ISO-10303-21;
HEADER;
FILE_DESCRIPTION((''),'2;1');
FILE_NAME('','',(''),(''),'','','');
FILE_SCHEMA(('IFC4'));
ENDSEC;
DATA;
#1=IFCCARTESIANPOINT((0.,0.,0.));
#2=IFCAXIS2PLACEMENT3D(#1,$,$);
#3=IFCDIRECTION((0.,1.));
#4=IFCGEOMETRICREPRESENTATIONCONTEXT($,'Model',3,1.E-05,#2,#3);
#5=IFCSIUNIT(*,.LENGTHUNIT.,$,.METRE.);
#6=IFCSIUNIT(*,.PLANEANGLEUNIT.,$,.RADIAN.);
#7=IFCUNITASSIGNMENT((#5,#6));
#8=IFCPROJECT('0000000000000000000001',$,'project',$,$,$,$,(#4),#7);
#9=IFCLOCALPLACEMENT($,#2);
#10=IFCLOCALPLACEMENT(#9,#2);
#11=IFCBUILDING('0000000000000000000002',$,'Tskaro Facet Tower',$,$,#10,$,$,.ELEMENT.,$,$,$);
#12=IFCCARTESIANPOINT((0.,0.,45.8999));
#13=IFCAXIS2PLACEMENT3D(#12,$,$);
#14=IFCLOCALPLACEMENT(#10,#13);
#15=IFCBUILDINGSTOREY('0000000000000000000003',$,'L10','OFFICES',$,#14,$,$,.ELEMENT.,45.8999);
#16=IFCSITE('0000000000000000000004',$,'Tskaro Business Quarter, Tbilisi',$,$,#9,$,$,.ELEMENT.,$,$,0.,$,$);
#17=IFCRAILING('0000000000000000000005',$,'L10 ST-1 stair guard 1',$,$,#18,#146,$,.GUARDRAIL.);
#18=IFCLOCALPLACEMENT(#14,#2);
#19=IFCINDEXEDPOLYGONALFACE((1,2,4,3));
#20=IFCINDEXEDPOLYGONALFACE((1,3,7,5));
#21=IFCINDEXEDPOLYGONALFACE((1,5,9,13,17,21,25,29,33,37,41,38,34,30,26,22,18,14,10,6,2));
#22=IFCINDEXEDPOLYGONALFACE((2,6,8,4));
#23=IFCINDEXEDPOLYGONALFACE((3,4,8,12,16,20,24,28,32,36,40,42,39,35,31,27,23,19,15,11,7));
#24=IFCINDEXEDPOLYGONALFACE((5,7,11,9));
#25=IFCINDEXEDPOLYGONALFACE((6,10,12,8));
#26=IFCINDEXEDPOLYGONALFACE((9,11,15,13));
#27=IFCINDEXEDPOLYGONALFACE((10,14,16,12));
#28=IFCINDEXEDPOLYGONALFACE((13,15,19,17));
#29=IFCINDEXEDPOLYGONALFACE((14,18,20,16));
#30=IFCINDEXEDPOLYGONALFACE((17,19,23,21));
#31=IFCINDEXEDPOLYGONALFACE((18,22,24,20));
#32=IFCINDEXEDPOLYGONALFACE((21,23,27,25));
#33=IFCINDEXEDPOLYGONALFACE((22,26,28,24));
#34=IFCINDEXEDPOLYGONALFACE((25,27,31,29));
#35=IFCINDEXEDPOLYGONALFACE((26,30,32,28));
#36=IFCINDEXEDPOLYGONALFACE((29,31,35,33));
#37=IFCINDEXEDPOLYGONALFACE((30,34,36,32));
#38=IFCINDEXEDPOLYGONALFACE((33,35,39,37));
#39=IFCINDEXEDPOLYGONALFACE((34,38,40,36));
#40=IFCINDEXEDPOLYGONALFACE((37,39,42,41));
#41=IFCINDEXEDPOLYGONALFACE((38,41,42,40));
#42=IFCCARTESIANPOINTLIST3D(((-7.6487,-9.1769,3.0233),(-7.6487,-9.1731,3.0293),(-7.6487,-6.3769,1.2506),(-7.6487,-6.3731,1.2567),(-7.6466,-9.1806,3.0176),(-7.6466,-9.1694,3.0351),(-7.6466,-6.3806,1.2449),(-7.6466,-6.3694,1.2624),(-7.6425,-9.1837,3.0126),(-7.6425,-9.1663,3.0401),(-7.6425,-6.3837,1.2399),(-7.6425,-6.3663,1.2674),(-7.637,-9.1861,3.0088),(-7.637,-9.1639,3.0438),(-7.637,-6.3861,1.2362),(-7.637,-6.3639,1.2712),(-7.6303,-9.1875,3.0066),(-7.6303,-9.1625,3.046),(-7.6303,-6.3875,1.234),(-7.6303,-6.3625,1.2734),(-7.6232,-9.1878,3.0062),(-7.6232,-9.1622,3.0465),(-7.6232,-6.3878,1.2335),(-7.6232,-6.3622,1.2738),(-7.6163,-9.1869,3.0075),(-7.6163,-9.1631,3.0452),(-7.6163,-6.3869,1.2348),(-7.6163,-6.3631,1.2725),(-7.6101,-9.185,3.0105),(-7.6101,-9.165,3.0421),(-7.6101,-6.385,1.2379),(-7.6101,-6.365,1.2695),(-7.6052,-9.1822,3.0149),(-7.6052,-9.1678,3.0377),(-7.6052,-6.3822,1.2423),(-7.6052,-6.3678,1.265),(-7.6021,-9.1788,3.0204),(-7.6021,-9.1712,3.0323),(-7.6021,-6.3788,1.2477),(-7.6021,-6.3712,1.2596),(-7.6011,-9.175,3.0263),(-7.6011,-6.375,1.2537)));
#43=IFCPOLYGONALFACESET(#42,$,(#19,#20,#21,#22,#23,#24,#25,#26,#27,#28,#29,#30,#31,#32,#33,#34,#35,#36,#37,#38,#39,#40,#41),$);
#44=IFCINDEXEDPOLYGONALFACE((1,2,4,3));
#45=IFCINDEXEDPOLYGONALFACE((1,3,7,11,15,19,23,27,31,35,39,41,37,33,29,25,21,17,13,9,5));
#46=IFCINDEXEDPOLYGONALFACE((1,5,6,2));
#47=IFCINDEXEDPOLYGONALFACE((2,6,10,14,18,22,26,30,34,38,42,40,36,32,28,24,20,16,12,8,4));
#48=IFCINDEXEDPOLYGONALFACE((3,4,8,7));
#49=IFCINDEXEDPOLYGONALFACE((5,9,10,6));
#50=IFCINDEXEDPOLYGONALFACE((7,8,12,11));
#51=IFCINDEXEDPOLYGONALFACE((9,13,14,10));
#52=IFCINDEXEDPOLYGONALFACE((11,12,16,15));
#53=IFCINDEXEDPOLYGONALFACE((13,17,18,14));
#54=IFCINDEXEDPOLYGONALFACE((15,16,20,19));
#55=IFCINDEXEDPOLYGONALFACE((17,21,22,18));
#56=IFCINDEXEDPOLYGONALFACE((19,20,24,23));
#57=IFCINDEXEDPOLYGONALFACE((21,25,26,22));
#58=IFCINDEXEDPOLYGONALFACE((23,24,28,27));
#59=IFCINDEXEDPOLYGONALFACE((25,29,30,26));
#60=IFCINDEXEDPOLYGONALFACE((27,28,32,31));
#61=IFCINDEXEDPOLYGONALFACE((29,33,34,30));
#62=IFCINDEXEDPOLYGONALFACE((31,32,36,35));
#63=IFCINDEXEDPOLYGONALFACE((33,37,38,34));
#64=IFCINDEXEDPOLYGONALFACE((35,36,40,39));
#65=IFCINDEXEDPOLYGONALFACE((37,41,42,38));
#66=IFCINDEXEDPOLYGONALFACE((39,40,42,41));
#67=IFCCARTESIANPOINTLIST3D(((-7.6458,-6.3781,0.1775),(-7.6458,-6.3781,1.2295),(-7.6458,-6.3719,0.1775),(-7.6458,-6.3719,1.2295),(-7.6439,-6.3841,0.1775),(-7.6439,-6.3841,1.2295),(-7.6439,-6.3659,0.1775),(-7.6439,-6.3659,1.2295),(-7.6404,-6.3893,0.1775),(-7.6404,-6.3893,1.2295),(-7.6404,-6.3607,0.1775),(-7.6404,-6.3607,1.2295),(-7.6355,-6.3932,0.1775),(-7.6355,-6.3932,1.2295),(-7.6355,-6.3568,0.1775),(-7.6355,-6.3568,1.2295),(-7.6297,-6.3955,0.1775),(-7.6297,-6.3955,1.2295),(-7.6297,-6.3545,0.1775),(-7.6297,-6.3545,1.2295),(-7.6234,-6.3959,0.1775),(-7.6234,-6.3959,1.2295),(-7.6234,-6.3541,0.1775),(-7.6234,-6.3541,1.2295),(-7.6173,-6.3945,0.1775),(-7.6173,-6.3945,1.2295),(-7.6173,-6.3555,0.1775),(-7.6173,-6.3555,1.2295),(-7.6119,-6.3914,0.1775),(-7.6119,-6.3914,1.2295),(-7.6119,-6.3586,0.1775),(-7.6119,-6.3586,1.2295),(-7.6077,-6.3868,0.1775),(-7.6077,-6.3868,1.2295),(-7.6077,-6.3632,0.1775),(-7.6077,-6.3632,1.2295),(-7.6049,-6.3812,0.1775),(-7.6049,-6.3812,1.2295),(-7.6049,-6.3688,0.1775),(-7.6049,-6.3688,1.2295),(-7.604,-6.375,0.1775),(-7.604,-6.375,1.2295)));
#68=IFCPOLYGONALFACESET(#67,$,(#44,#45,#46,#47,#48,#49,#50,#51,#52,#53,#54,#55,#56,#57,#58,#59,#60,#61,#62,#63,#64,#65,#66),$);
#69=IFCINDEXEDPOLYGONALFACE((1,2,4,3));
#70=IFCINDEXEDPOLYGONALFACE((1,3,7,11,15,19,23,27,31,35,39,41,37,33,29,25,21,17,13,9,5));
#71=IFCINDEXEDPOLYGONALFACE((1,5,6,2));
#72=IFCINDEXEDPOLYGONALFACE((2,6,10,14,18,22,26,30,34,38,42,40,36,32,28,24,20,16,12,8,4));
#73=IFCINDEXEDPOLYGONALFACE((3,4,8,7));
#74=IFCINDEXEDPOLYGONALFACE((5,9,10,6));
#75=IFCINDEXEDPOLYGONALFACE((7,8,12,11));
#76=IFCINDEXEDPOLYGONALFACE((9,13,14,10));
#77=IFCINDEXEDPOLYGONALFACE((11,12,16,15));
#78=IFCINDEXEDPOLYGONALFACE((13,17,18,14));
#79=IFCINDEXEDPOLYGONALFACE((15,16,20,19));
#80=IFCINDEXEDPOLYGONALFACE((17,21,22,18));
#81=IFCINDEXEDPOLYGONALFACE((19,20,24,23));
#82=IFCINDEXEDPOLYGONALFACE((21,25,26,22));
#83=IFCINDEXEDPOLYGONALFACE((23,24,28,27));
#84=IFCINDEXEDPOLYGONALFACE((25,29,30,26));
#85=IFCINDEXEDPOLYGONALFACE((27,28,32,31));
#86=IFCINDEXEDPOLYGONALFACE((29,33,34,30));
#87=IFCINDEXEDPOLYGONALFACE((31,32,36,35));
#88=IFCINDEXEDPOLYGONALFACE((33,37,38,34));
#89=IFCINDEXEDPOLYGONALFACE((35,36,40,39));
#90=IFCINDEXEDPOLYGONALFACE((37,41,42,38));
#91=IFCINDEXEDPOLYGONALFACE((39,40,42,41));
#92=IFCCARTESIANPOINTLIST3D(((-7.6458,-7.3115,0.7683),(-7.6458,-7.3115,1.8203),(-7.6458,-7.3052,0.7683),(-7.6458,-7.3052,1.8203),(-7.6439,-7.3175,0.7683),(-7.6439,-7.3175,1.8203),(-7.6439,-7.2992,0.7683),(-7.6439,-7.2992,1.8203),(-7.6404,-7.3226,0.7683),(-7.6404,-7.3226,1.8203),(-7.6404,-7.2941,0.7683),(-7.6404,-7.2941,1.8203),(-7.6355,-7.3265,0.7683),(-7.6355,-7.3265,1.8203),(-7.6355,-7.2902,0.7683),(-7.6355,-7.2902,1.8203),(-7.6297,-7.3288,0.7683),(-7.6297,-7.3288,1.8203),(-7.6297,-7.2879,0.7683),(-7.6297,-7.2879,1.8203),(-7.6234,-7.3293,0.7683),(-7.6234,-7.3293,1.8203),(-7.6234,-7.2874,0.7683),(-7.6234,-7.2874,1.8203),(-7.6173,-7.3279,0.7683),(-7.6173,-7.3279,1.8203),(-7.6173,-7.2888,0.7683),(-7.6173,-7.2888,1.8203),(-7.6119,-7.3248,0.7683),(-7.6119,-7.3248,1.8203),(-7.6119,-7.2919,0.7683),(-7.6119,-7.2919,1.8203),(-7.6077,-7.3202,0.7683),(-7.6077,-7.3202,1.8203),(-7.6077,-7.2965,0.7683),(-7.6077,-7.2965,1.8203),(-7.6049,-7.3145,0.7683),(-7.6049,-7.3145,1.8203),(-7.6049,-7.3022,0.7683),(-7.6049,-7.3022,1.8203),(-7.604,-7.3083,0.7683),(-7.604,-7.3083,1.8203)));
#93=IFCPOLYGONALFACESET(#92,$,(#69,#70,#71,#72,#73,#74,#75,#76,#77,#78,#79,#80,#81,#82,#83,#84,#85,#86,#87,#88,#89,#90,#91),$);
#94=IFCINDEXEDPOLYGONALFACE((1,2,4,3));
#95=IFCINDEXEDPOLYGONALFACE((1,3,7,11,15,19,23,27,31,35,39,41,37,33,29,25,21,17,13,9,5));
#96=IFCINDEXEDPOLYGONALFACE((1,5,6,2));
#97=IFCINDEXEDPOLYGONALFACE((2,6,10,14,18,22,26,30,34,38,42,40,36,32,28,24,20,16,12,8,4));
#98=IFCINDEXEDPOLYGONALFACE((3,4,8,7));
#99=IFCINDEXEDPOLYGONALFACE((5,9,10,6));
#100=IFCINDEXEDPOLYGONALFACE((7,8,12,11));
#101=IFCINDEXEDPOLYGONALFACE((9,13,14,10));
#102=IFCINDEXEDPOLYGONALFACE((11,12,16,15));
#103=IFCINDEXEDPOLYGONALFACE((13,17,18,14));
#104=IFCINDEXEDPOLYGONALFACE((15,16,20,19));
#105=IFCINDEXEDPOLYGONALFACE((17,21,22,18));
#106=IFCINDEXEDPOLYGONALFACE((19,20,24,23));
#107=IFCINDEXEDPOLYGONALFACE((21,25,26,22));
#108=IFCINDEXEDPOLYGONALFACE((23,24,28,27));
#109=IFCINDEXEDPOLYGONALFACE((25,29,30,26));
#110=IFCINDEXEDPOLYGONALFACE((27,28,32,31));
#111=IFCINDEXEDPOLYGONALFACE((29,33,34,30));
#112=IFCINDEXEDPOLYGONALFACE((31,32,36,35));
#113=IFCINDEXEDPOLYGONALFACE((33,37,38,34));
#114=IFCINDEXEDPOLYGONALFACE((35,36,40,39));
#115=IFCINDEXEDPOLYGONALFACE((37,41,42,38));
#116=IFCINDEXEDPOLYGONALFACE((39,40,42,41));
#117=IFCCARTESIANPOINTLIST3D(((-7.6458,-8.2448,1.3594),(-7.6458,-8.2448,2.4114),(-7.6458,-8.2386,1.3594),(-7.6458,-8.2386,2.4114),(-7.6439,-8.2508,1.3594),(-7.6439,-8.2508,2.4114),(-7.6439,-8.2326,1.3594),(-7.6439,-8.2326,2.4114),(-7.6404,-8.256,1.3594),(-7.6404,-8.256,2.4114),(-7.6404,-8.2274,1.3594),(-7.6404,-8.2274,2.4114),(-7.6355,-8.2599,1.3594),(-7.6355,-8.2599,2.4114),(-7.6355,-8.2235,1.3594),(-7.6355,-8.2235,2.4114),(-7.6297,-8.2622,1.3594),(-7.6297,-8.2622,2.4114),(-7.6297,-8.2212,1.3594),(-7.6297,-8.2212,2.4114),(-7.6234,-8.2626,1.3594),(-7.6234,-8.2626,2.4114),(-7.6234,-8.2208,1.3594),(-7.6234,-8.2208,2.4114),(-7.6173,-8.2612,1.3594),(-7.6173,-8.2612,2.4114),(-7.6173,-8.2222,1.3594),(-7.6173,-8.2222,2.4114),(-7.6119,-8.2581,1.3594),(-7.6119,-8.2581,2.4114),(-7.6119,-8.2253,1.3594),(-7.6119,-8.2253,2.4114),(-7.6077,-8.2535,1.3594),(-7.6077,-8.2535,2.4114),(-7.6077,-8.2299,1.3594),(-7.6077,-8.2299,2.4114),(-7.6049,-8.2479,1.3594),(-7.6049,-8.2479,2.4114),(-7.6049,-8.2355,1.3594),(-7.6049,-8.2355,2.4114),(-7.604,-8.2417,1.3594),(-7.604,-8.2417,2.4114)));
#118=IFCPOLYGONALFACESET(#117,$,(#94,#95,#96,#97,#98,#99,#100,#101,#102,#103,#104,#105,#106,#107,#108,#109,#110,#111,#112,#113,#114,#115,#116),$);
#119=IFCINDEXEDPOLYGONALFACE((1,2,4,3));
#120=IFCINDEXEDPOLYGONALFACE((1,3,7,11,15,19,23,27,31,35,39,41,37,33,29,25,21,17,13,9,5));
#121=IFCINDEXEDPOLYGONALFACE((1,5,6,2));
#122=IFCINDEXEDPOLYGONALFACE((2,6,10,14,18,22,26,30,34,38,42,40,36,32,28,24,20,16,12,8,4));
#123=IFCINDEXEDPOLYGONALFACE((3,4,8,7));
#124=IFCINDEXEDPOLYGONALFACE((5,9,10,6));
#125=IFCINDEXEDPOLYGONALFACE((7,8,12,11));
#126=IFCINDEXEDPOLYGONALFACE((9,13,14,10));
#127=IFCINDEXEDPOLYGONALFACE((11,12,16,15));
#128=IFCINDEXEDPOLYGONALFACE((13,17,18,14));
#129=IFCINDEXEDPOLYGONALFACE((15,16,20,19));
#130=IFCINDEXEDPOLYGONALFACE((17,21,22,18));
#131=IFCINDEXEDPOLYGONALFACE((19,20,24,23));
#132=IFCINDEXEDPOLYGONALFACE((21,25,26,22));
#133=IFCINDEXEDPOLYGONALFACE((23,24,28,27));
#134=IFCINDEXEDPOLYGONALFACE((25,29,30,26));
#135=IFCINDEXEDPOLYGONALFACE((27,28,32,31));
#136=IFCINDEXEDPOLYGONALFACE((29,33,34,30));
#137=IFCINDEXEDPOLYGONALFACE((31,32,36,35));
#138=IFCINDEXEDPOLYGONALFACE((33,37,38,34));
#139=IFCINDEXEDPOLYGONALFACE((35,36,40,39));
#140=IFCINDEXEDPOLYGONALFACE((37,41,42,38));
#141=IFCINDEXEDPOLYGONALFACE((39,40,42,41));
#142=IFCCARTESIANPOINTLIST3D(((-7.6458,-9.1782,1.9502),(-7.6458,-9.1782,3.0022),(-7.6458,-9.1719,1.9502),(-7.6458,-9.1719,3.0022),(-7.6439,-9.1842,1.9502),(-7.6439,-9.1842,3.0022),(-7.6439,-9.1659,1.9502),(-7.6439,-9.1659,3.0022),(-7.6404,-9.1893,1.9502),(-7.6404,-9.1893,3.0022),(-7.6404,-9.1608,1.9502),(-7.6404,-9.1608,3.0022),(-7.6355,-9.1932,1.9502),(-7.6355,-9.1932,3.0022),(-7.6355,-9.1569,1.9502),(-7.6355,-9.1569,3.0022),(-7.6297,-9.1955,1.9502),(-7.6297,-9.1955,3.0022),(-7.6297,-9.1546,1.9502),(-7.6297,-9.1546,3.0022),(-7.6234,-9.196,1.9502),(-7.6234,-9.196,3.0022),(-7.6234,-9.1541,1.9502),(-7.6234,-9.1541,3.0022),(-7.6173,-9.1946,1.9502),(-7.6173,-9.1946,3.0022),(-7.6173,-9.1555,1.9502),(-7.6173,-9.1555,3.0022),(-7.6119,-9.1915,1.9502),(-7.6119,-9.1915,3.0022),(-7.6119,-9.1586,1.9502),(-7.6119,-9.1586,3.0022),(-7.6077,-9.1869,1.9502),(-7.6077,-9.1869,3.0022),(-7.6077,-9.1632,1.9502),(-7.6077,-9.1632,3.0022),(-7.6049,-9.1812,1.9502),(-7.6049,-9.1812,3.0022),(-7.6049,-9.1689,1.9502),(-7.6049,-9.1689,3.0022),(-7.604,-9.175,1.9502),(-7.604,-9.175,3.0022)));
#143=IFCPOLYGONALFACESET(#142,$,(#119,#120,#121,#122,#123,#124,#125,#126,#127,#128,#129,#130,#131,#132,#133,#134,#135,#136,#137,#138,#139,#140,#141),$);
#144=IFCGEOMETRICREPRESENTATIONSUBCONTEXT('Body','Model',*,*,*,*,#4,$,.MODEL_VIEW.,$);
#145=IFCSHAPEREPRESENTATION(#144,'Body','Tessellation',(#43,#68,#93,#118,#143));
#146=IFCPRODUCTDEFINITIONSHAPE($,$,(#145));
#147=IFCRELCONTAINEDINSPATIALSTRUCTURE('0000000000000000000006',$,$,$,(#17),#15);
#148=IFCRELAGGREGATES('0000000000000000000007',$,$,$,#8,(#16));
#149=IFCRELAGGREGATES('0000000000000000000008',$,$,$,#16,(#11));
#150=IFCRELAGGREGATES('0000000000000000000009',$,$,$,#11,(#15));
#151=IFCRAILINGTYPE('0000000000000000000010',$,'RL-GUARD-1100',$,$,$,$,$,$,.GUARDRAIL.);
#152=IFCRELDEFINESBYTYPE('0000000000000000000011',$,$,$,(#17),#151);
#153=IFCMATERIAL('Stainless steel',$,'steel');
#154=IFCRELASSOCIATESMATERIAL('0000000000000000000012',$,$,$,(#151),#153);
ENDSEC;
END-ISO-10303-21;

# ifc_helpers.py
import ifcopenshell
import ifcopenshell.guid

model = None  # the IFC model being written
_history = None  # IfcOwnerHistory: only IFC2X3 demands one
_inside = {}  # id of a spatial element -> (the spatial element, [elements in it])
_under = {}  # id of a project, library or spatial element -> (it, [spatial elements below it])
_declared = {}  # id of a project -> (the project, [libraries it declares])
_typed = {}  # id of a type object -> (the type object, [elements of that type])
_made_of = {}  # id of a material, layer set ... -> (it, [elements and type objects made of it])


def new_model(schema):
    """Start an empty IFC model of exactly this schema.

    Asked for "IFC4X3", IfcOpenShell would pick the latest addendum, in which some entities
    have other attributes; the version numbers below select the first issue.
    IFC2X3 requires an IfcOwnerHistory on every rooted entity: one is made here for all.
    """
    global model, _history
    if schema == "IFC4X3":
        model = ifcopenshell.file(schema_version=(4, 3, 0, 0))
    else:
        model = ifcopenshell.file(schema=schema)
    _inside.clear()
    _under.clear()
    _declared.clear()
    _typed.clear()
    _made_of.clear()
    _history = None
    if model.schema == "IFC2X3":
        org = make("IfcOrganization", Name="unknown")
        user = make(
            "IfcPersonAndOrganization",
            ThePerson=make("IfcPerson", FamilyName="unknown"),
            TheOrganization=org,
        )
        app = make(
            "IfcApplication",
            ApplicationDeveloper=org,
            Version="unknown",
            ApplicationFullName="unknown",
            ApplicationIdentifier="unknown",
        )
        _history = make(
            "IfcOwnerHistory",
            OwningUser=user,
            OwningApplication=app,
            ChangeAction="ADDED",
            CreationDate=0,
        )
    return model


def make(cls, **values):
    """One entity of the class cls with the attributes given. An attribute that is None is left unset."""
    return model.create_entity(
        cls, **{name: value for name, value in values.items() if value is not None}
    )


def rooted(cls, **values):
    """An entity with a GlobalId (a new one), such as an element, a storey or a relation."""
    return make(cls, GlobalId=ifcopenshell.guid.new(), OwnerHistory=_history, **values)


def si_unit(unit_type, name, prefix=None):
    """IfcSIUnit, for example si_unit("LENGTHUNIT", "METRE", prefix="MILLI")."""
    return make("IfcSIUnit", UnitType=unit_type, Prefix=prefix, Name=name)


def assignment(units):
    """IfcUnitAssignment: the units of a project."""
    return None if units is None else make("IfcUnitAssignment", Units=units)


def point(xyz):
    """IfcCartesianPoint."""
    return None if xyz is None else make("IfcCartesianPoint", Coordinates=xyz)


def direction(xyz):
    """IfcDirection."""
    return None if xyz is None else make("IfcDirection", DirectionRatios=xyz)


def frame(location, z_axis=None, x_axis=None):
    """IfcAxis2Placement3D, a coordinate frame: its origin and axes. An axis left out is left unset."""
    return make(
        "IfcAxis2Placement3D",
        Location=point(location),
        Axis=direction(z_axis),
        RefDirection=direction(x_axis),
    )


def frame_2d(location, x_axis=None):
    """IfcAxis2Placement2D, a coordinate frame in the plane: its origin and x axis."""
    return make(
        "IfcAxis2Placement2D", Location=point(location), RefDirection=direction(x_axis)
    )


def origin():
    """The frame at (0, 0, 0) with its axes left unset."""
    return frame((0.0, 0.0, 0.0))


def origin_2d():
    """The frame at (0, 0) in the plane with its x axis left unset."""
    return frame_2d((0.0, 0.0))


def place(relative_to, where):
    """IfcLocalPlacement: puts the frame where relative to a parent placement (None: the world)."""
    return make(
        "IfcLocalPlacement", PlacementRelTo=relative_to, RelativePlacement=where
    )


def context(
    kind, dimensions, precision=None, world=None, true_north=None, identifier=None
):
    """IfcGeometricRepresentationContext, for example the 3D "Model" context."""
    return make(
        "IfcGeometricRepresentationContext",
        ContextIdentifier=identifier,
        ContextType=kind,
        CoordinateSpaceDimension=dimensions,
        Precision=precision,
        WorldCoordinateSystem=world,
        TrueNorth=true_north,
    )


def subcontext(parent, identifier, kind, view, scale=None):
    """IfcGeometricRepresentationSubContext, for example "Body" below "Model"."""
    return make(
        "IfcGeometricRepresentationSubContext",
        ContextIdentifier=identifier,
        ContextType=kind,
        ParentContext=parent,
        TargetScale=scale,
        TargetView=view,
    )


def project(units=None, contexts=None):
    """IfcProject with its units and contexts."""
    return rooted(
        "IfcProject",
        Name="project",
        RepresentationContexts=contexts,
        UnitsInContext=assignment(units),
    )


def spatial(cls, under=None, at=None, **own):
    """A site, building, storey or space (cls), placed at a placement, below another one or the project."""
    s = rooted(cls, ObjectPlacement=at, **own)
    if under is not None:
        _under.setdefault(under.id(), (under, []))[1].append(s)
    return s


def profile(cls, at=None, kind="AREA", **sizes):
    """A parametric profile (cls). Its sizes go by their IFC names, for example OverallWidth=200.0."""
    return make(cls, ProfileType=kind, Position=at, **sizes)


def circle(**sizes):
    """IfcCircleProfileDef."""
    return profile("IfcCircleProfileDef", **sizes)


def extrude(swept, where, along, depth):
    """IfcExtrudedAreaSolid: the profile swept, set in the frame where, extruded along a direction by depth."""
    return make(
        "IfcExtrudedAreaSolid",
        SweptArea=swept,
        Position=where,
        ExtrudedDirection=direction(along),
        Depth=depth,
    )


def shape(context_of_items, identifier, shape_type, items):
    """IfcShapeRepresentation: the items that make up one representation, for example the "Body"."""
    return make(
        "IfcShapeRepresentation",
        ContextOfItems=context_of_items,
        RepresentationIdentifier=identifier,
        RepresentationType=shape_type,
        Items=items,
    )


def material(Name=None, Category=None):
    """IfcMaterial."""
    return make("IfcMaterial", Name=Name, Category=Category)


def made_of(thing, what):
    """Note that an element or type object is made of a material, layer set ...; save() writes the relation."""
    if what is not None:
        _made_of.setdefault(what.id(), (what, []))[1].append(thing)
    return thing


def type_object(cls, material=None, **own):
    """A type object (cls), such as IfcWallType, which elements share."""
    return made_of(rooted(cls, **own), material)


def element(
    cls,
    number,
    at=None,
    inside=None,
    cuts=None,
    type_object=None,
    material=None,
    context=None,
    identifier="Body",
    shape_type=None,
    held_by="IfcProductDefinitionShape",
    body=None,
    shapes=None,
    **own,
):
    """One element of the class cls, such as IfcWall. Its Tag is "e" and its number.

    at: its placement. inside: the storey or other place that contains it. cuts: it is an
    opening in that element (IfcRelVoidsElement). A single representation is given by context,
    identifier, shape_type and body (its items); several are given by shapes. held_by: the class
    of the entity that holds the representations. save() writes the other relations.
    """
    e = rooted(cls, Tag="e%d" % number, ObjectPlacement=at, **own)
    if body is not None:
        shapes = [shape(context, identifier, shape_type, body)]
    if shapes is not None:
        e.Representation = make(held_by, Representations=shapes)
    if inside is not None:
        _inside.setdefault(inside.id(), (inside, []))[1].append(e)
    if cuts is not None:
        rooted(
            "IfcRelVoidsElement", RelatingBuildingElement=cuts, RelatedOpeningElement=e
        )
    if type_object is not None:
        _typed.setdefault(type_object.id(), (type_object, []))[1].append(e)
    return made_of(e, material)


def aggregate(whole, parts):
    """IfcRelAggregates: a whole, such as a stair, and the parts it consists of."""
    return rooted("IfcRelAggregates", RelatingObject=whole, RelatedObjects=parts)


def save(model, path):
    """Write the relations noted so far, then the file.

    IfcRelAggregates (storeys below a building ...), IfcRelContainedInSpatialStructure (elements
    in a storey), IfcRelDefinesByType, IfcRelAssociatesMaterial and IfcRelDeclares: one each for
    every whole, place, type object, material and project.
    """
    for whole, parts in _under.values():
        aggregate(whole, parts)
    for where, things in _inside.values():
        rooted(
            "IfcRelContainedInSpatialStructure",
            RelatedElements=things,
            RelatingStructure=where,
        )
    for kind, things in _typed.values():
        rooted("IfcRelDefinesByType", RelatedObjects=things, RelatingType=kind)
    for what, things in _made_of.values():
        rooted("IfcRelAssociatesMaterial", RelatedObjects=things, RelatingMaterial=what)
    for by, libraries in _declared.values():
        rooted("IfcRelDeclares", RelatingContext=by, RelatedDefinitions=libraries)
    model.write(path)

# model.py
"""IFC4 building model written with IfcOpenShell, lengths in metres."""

from ifc_helpers import new_model, si_unit, direction, frame, origin, origin_2d, place, context, subcontext, project, spatial, circle, extrude, material, type_object, element, save


model = new_model("IFC4")

# Units and contexts
model_context = context("Model", 3, precision=1e-05, world=origin(), true_north=direction((0.0, 1.0)))
body_context = subcontext(model_context, "Body", "Model", "MODEL_VIEW")
ifc_project = project(units=[si_unit("LENGTHUNIT", "METRE"), si_unit("PLANEANGLEUNIT", "RADIAN")], contexts=[model_context])

# Site, building, storey
site_placement = place(None, origin())
site = spatial("IfcSite", under=ifc_project, at=site_placement, Name="Tskaro Business Quarter, Tbilisi", CompositionType="ELEMENT", RefElevation=0.0)
building_placement = place(site_placement, origin())
building = spatial("IfcBuilding", under=site, at=building_placement, Name="Tskaro Facet Tower", CompositionType="ELEMENT")
storey_placement = place(building_placement, frame((0.0, 0.0, 45.8999)))
storey = spatial("IfcBuildingStorey", under=building, at=storey_placement, Name="L10", Description="OFFICES", CompositionType="ELEMENT", Elevation=45.8999)

# Shared definitions
ifc_material_1 = material(Name="Stainless steel", Category="steel")

# Railing
railing_type_1 = type_object("IfcRailingType", Name="RL-GUARD-1100", PredefinedType="GUARDRAIL", material=ifc_material_1)
railing_1_placement = place(storey_placement, frame((-7.625, -6.375, 0.1775)))
element("IfcRailing", 1, at=railing_1_placement, inside=storey, type_object=railing_type_1, Name="L10 ST-1 stair guard 1", PredefinedType="GUARDRAIL", context=body_context, shape_type="SweptSolid", body=[
    extrude(circle(Radius=0.0239, at=origin_2d()), frame((0.0, 0.0, 1.0762), z_axis=(0.0, -0.844909, 0.53491), x_axis=(1.0, 0.0, 0.0)), (0.0, 0.0, 1.0), 3.314),
    extrude(circle(Radius=0.021, at=origin_2d()), origin(), (0.0, 0.0, 1.0), 1.052),
    extrude(circle(Radius=0.021, at=origin_2d()), frame((0.0, -0.9333, 0.5908)), (0.0, 0.0, 1.0), 1.052),
    extrude(circle(Radius=0.021, at=origin_2d()), frame((0.0, -1.8667, 1.1819)), (0.0, 0.0, 1.0), 1.052),
    extrude(circle(Radius=0.021, at=origin_2d()), frame((0.0, -2.8, 1.7727)), (0.0, 0.0, 1.0), 1.052),
])

save(model, "model.ifc")
